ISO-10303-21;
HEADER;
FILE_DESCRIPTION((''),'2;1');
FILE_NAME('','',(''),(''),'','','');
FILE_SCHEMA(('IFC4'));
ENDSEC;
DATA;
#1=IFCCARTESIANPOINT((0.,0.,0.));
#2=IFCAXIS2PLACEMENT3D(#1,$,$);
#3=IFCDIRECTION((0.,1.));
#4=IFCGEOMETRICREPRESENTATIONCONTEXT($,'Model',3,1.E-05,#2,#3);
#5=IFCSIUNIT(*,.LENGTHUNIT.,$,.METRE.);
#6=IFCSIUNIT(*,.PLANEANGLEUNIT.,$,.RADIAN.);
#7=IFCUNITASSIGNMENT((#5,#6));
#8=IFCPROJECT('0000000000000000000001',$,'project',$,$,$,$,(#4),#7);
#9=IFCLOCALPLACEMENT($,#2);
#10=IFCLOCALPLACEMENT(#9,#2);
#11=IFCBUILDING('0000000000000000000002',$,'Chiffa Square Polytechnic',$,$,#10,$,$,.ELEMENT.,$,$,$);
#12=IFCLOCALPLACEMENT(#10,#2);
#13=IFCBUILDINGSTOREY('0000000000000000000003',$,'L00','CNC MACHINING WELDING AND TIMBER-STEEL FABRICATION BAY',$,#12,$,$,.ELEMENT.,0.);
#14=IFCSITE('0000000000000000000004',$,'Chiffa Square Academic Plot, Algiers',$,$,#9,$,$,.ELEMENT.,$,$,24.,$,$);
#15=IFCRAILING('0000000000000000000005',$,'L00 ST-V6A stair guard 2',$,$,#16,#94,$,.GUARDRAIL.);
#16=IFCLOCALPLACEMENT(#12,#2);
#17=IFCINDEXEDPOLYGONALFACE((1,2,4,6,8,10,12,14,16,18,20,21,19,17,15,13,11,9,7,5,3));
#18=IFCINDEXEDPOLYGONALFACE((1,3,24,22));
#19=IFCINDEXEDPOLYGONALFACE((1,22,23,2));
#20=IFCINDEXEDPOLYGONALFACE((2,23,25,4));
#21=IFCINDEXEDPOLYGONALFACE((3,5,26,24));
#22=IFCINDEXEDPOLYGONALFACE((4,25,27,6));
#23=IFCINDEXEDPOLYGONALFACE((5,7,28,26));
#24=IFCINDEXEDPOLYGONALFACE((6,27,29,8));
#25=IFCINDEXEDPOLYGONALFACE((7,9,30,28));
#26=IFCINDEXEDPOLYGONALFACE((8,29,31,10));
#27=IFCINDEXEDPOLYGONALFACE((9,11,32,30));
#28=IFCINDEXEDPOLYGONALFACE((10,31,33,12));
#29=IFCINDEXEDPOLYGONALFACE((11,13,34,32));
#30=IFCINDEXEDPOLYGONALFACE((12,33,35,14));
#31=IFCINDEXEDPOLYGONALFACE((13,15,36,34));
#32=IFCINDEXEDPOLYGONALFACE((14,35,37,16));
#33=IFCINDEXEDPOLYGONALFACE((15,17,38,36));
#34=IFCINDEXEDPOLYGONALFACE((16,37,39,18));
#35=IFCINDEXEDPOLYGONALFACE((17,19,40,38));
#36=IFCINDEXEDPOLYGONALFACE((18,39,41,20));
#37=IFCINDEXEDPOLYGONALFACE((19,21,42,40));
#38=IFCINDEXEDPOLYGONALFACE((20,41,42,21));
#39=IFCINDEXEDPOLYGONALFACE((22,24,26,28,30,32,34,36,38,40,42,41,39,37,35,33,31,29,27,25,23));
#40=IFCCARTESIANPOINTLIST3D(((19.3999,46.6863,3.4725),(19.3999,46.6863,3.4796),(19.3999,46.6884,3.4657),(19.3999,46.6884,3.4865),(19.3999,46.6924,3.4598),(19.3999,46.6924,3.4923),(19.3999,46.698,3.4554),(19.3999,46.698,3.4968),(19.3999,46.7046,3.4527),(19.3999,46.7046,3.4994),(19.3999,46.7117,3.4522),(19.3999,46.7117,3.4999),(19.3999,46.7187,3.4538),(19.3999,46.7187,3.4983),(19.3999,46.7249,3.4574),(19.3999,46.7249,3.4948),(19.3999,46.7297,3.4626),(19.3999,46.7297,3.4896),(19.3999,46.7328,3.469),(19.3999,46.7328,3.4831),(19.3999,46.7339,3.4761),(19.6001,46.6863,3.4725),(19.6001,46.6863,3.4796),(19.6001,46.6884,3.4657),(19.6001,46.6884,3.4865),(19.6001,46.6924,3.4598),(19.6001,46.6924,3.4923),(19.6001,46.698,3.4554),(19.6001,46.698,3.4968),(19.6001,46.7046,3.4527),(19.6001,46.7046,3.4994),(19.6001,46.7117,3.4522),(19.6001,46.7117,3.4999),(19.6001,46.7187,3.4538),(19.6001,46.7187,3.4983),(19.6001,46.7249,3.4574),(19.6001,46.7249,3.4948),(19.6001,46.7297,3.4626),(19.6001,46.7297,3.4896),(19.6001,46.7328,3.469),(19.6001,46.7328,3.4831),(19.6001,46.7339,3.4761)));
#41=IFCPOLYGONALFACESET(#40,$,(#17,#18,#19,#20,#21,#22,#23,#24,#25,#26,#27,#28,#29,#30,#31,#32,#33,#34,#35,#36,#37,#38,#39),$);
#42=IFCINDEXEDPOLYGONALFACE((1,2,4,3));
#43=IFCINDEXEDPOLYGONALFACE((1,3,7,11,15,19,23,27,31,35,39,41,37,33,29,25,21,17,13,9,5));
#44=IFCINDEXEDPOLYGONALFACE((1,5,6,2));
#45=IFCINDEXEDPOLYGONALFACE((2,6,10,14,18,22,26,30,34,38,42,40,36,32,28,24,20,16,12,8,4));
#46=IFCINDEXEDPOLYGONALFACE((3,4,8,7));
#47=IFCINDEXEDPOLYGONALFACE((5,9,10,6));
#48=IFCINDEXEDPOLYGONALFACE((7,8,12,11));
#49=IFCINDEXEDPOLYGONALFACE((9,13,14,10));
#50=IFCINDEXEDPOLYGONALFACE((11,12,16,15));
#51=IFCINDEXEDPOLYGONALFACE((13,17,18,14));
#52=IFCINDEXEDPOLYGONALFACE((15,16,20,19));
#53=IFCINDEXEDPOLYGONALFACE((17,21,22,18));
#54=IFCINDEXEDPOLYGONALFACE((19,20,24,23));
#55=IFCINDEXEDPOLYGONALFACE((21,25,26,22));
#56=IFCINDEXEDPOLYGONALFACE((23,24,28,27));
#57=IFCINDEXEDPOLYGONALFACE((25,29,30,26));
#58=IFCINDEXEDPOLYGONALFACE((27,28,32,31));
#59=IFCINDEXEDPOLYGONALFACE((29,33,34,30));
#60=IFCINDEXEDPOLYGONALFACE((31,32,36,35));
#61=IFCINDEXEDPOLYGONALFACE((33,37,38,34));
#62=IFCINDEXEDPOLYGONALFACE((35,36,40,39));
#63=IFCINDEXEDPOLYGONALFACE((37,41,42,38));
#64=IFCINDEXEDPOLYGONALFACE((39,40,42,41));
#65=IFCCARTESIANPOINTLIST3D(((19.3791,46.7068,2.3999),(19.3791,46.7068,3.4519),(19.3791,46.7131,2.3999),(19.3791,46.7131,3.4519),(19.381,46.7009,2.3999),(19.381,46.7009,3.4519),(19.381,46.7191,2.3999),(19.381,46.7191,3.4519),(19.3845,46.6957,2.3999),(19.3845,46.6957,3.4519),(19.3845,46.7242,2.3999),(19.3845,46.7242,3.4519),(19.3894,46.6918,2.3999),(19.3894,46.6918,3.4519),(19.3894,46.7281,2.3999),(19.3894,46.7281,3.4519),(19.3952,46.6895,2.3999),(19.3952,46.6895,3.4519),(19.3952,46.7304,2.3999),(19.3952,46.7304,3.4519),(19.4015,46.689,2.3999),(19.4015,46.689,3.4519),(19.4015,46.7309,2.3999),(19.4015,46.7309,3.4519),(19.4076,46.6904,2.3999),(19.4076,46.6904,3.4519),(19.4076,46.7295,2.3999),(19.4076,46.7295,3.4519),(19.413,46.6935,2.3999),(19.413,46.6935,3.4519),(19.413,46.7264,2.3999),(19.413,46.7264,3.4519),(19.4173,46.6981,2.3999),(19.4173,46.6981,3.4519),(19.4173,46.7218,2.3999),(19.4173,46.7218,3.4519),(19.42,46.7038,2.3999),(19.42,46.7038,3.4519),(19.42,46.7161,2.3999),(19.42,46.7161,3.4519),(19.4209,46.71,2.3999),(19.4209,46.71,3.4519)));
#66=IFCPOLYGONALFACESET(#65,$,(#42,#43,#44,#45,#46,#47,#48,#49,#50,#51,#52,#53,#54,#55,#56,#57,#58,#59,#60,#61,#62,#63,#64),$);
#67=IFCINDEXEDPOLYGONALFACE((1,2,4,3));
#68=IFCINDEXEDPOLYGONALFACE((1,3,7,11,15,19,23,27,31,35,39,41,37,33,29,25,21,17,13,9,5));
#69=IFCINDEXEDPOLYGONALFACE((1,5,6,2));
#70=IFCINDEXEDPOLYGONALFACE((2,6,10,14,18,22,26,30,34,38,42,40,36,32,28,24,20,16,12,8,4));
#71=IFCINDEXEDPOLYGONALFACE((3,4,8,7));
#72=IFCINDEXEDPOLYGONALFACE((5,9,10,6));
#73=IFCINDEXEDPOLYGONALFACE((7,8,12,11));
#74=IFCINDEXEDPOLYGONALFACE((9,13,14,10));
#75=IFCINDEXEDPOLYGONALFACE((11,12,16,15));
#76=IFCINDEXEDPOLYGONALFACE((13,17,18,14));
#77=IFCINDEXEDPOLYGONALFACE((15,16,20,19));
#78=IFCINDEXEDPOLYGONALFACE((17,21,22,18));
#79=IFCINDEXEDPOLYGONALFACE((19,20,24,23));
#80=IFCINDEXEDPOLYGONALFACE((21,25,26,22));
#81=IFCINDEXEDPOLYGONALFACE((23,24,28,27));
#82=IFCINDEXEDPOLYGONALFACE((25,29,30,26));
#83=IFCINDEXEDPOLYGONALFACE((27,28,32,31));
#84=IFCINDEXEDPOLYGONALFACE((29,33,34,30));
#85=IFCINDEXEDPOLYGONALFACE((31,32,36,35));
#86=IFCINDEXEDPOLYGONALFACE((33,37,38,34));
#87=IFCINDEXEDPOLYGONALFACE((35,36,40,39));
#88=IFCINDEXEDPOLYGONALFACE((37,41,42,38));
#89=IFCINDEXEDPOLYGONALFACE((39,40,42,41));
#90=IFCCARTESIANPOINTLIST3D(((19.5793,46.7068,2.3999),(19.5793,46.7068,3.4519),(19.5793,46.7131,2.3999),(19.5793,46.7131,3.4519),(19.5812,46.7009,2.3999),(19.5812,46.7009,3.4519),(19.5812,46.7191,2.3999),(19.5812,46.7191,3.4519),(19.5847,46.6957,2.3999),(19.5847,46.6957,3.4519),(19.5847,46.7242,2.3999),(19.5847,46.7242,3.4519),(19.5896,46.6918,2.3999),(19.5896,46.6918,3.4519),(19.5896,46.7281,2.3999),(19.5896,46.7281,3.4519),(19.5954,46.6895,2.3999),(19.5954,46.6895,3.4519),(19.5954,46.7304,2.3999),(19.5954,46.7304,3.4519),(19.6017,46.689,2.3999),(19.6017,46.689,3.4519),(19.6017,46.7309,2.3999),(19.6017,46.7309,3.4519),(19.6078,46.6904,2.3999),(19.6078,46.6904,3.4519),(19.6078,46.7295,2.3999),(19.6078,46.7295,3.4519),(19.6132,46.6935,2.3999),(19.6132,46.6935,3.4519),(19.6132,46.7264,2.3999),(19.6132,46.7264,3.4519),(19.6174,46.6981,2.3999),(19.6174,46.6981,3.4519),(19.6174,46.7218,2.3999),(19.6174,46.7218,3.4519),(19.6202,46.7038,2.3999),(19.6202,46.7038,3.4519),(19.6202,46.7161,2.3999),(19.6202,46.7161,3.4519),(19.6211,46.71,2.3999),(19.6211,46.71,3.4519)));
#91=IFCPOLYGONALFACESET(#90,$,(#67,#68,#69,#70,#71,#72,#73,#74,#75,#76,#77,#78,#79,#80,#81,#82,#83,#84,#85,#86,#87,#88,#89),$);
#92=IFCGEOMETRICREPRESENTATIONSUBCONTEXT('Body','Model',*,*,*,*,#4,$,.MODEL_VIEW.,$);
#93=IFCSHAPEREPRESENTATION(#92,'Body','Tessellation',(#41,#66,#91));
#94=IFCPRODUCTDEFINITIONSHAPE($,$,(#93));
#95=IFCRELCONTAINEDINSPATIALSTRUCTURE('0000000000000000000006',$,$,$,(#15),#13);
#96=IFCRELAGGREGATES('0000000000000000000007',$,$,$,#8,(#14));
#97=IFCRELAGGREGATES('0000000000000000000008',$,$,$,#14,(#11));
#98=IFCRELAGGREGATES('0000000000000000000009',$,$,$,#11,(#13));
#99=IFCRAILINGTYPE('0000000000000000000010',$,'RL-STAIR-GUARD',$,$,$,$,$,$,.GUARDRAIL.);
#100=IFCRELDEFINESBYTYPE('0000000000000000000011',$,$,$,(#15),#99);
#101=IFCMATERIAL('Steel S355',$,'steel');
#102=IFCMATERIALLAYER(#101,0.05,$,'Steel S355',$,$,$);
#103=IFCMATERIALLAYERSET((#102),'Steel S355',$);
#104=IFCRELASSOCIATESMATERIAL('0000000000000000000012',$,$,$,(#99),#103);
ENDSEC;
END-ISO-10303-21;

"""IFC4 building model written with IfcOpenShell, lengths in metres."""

from ifc_helpers import new_model, si_unit, direction, frame, origin, origin_2d, place, context, subcontext, project, spatial, circle, extrude, material, layer, layer_set, type_object, element, save


model = new_model("IFC4")

# Units and contexts
model_context = context("Model", 3, precision=1e-05, world=origin(), true_north=direction((0.0, 1.0)))
body_context = subcontext(model_context, "Body", "Model", "MODEL_VIEW")
ifc_project = project(units=[si_unit("LENGTHUNIT", "METRE"), si_unit("PLANEANGLEUNIT", "RADIAN")], contexts=[model_context])

# Site, building, storey
site_placement = place(None, origin())
site = spatial("IfcSite", under=ifc_project, at=site_placement, Name="Chiffa Square Academic Plot, Algiers", CompositionType="ELEMENT", RefElevation=24.0)
building_placement = place(site_placement, origin())
building = spatial("IfcBuilding", under=site, at=building_placement, Name="Chiffa Square Polytechnic", CompositionType="ELEMENT")
storey_placement = place(building_placement, origin())
storey = spatial("IfcBuildingStorey", under=building, at=storey_placement, Name="L00", Description="CNC MACHINING WELDING AND TIMBER-STEEL FABRICATION BAY", CompositionType="ELEMENT", Elevation=0.0)

# Railing
ifc_material_1 = material(Name="Steel S355", Category="steel")
ifc_layer_1 = layer(ifc_material_1, 0.05, Name="Steel S355")
ifc_layer_set_1 = layer_set([ifc_layer_1], Name="Steel S355")
railing_type_1 = type_object("IfcRailingType", Name="RL-STAIR-GUARD", PredefinedType="GUARDRAIL", material=ifc_layer_set_1)
railing_1_placement = place(storey_placement, frame((19.3999, 46.71, 2.3999)))
element("IfcRailing", 1, at=railing_1_placement, inside=storey, type_object=railing_type_1, Name="L00 ST-V6A stair guard 2", PredefinedType="GUARDRAIL", context=body_context, shape_type="SweptSolid", body=[
    extrude(circle(Radius=0.0239, at=origin_2d()), frame((0.0, 0.0, 1.0762), z_axis=(1.0, 0.0, 0.0), x_axis=(0.0, 1.0, 0.0)), (0.0, 0.0, 1.0), 0.2002),
    extrude(circle(Radius=0.021, at=origin_2d()), origin(), (0.0, 0.0, 1.0), 1.052),
    extrude(circle(Radius=0.021, at=origin_2d()), frame((0.2002, 0.0, 0.0)), (0.0, 0.0, 1.0), 1.052),
])

save(model, "model.ifc")
